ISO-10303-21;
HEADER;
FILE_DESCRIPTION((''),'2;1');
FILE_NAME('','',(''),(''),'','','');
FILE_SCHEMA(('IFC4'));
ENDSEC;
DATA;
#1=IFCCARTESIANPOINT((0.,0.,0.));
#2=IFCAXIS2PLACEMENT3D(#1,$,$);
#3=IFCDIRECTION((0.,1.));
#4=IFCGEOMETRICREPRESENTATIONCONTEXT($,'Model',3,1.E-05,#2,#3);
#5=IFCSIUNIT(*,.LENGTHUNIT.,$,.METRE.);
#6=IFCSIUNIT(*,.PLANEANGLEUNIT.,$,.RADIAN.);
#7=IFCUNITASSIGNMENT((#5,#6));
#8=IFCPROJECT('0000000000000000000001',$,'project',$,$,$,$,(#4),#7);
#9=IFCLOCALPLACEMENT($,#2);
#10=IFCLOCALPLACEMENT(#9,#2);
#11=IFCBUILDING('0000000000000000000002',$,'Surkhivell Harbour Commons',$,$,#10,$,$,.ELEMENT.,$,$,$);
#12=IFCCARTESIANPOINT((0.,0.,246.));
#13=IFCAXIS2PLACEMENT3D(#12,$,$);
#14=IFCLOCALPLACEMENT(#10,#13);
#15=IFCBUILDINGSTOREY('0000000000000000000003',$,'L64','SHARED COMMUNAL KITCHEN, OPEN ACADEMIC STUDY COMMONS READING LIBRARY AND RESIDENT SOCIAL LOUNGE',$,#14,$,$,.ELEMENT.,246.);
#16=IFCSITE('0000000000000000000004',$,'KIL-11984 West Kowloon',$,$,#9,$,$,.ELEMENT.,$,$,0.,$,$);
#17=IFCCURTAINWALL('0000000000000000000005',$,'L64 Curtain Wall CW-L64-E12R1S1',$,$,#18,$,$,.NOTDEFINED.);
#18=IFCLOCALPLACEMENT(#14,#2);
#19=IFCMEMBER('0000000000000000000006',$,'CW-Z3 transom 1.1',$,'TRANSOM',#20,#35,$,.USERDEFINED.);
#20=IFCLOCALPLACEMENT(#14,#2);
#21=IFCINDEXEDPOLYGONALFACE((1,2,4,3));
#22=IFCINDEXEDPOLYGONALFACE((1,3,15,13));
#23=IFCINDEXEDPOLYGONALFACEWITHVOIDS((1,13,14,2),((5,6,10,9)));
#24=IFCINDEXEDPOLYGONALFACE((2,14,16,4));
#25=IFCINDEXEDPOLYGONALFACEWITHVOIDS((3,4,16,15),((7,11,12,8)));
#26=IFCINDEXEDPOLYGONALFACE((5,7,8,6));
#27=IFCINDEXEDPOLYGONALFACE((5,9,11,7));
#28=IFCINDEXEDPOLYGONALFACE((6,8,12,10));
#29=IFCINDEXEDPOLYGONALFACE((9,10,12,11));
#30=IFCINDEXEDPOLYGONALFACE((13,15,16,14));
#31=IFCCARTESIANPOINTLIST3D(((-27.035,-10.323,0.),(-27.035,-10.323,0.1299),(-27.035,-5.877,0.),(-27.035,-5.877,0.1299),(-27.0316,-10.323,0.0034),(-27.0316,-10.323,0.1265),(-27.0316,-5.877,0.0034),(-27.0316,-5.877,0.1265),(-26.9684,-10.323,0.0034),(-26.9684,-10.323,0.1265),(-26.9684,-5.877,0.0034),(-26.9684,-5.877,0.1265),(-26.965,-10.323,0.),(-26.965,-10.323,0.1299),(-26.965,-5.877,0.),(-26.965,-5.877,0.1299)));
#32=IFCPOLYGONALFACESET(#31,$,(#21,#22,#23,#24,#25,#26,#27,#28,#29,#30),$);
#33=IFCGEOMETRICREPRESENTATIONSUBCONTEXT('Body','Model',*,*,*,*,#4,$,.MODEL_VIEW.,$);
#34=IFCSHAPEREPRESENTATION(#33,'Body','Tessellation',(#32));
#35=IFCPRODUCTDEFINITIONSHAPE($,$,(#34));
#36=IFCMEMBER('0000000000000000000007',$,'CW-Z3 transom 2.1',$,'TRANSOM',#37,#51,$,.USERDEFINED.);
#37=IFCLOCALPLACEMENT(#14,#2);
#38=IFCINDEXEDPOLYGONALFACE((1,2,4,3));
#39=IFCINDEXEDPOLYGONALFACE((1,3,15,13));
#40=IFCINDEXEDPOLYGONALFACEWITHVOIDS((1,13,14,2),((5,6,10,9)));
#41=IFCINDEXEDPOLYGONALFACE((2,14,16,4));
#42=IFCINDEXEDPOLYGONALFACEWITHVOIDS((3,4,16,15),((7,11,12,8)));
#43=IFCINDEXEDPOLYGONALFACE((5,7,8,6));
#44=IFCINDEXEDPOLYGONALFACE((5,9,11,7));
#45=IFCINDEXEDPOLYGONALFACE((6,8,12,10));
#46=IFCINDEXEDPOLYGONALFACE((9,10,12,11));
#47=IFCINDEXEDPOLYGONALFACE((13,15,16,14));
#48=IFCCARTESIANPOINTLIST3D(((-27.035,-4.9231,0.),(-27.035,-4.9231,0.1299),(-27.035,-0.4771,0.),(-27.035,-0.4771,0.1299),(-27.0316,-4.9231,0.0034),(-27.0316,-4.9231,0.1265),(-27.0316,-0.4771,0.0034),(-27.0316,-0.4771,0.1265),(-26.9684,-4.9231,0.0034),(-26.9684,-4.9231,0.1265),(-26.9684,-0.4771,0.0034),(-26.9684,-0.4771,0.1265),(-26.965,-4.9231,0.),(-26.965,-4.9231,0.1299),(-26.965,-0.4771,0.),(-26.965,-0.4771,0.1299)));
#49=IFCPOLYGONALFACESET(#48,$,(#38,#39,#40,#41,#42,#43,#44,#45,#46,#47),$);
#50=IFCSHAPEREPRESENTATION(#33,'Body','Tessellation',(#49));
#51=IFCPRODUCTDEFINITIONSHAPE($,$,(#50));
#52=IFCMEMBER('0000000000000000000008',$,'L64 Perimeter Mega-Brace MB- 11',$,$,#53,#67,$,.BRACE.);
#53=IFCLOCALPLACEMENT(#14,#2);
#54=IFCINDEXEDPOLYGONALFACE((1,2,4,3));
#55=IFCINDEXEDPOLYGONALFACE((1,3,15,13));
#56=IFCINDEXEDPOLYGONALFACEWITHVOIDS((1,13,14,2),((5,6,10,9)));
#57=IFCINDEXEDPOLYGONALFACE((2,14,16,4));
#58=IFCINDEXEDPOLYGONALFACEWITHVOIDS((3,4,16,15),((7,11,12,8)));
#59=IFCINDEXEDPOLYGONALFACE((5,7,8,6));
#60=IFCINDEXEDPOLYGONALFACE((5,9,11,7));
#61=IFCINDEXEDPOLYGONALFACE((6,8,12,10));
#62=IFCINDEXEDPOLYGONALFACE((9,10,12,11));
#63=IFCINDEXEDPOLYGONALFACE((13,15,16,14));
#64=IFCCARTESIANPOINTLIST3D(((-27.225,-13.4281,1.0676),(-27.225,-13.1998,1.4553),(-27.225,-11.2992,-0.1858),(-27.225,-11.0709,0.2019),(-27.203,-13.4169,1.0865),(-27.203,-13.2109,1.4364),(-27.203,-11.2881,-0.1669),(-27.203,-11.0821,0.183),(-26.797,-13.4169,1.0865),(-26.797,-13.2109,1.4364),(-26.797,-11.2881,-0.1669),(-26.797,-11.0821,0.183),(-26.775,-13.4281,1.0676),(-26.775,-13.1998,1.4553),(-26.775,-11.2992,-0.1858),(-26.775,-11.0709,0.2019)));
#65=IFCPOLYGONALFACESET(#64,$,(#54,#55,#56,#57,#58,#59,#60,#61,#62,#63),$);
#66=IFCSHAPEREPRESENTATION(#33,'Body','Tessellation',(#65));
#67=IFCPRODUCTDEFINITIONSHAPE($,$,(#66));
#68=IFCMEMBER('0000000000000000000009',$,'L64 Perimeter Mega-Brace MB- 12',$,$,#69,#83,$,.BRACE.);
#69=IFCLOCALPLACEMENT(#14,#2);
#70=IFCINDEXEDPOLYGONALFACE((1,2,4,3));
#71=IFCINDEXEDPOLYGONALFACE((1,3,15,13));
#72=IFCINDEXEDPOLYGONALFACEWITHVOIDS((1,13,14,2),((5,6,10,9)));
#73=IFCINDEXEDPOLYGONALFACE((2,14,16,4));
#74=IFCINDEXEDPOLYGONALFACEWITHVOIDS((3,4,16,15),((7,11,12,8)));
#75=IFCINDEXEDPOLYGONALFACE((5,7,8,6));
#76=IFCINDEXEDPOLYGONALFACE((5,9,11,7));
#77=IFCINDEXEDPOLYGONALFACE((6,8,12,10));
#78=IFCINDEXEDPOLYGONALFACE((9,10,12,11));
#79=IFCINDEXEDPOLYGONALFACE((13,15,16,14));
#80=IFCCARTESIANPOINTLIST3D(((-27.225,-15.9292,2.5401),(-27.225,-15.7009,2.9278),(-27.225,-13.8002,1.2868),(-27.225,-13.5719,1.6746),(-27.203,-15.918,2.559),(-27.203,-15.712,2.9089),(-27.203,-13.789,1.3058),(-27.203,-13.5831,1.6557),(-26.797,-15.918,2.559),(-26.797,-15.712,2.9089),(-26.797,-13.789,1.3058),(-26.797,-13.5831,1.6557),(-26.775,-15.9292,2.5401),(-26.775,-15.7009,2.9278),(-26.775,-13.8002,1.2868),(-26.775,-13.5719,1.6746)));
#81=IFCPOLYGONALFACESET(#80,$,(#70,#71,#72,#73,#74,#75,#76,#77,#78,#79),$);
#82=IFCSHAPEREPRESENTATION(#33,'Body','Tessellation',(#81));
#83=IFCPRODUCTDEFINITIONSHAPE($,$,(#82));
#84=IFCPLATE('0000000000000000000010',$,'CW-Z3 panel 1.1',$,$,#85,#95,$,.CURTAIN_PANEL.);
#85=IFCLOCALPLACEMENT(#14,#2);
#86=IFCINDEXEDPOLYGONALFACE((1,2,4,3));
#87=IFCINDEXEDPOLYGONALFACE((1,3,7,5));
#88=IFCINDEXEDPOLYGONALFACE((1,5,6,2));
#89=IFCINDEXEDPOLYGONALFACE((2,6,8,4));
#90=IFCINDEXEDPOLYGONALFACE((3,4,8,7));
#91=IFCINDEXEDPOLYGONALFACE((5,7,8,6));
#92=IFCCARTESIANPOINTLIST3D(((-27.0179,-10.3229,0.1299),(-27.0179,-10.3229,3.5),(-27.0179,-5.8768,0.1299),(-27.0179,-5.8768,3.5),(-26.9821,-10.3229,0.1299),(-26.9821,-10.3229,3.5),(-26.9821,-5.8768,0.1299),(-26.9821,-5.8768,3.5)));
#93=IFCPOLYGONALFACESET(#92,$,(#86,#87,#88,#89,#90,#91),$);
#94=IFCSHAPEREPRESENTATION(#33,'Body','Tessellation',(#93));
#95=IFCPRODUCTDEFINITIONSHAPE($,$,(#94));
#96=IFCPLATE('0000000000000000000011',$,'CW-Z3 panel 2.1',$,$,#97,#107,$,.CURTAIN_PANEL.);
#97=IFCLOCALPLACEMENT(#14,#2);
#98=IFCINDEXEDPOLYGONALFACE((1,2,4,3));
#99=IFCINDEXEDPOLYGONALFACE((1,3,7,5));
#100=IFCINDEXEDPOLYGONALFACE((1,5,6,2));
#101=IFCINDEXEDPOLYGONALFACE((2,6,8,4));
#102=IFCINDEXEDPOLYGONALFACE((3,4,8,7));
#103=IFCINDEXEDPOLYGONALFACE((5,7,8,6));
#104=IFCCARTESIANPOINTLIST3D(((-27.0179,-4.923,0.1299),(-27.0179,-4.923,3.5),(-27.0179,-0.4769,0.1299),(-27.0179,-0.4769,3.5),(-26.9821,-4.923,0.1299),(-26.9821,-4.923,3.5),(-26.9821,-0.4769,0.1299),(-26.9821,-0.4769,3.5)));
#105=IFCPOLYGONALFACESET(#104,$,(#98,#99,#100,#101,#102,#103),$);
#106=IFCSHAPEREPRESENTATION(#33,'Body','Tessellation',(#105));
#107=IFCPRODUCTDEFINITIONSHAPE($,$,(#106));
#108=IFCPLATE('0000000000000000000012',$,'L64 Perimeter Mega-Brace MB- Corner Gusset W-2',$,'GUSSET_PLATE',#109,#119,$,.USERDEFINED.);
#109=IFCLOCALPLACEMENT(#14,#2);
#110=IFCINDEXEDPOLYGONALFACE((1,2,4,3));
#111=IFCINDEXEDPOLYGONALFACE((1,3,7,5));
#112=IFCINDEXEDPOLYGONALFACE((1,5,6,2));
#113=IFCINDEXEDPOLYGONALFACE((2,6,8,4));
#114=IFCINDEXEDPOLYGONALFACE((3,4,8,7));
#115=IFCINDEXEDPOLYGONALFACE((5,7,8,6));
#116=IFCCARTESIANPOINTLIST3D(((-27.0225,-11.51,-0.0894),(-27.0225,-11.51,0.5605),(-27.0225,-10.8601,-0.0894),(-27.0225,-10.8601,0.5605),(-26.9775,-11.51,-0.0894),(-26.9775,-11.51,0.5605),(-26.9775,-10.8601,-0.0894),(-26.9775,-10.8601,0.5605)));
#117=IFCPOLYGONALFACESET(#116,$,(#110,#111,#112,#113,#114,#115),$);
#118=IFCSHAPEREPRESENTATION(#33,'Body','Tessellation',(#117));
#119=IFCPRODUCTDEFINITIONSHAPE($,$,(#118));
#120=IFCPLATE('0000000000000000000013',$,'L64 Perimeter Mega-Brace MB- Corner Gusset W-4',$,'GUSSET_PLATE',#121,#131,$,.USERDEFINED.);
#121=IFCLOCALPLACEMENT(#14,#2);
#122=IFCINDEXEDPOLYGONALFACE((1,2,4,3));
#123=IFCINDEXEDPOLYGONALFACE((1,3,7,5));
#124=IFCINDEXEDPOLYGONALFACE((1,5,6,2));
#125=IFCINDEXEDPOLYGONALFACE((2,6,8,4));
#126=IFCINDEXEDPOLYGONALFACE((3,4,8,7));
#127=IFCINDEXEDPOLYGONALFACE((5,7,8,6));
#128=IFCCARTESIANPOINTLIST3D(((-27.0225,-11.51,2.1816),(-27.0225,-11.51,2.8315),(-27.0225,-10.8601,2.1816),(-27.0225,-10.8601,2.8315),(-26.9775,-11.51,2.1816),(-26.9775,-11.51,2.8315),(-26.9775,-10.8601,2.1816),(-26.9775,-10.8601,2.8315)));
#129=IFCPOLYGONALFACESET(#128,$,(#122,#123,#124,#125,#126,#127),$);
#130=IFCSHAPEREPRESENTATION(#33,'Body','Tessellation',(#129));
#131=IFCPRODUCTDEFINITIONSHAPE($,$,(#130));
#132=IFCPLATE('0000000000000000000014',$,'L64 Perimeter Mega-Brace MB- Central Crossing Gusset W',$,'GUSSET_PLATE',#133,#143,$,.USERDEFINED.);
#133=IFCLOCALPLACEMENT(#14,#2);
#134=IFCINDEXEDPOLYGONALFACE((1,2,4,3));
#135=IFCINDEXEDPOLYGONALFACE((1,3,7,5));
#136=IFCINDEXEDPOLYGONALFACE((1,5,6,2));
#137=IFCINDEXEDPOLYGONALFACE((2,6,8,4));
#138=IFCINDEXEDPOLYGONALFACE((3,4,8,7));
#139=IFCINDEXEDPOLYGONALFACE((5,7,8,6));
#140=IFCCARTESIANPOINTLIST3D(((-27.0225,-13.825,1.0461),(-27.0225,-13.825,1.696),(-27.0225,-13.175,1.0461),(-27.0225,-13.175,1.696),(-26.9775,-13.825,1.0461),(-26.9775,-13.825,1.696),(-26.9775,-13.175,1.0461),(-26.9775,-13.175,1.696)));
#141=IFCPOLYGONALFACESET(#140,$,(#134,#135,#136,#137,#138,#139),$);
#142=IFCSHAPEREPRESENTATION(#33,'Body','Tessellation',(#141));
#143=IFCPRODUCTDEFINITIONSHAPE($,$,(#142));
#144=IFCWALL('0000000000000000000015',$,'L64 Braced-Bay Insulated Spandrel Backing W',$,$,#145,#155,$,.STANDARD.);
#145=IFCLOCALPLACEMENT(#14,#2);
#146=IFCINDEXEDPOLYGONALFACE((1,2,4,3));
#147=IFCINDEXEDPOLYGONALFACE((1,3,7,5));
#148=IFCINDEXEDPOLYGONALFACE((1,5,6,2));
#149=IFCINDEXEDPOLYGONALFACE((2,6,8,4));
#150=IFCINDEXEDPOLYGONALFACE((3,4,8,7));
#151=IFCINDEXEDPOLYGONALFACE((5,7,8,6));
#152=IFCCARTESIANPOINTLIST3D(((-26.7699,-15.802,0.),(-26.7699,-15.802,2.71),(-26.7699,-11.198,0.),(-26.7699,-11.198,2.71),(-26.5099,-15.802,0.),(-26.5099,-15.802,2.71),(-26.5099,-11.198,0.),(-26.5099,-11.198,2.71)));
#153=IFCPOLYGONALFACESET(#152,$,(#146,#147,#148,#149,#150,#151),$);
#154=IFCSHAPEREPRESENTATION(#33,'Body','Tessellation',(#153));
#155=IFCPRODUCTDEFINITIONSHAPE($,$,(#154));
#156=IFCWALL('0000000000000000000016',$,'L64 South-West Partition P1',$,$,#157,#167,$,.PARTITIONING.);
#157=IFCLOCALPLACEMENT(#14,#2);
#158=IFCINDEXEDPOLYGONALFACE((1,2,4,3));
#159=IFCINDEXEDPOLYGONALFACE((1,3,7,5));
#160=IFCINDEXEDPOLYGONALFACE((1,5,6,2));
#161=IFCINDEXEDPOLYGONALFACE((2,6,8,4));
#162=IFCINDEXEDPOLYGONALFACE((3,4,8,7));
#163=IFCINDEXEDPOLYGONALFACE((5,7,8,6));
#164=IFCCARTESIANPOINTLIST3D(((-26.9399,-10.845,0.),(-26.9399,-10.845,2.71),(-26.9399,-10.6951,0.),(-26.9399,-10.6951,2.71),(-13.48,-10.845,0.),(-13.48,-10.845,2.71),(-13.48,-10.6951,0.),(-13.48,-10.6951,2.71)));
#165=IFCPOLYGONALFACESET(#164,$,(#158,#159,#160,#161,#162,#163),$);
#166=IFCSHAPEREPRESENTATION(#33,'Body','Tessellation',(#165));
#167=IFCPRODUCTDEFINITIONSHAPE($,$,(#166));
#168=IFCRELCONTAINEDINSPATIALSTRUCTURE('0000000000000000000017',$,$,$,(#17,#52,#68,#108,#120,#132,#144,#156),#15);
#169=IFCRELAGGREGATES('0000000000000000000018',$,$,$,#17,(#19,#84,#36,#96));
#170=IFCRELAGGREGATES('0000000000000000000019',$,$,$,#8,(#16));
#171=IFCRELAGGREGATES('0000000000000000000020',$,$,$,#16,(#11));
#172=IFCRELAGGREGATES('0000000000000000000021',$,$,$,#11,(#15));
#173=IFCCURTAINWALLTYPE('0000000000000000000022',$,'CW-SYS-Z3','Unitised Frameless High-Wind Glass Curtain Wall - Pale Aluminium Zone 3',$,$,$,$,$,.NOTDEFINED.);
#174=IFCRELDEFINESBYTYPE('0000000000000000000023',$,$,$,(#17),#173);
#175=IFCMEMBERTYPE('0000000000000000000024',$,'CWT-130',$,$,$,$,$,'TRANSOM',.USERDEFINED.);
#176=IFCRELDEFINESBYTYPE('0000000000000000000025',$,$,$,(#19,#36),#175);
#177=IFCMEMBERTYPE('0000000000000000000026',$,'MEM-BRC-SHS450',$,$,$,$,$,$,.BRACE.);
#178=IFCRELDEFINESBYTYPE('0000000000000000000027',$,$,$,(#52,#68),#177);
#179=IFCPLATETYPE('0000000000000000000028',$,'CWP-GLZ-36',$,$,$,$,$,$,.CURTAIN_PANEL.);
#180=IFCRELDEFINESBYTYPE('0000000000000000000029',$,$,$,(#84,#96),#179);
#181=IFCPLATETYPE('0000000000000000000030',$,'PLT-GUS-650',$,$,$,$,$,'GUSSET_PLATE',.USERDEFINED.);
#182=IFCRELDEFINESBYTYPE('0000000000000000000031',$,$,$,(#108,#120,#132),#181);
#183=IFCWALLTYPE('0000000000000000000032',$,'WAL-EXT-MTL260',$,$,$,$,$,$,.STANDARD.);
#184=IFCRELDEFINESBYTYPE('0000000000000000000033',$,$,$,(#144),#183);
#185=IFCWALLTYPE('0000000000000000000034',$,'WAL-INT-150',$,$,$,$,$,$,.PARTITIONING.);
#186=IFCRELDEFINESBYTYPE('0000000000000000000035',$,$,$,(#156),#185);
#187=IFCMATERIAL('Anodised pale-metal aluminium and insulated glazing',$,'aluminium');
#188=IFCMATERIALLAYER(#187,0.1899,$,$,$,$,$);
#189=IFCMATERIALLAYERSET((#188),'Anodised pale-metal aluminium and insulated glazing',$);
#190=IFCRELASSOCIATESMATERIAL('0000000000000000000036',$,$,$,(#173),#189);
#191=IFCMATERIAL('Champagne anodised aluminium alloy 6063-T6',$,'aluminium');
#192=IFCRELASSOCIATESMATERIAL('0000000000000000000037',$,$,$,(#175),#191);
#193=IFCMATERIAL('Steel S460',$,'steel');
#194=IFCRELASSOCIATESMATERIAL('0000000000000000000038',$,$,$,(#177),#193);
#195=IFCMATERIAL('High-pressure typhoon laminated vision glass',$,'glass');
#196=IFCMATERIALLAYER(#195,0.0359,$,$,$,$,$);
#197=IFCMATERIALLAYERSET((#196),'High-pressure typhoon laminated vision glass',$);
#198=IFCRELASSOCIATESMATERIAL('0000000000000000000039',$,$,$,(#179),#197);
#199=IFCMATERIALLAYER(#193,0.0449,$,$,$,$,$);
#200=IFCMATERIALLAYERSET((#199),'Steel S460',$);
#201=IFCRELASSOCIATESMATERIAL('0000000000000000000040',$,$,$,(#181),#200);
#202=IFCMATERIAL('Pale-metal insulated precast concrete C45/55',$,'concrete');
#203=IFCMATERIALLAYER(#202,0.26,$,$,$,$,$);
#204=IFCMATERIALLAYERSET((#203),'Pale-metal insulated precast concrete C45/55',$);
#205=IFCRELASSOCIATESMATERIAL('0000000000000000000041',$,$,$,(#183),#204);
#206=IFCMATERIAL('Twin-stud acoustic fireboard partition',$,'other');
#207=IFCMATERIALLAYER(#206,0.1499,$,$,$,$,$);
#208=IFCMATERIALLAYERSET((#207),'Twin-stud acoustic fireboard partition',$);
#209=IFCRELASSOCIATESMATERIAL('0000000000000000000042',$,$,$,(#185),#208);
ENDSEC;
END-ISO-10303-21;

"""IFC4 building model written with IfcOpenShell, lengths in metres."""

from ifc_helpers import new_model, si_unit, direction, frame, frame_2d, origin, origin_2d, place, context, subcontext, project, spatial, rectangle, hollow_rectangle, extrude, material, layer, layer_set, material_profile, profile_set, type_object, element, aggregate, save


model = new_model("IFC4")

# Units and contexts
model_context = context("Model", 3, precision=1e-05, world=origin(), true_north=direction((0.0, 1.0)))
body_context = subcontext(model_context, "Body", "Model", "MODEL_VIEW")
ifc_project = project(units=[si_unit("LENGTHUNIT", "METRE"), si_unit("PLANEANGLEUNIT", "RADIAN")], contexts=[model_context])

# Site, building, storey
site_placement = place(None, origin())
site = spatial("IfcSite", under=ifc_project, at=site_placement, Name="KIL-11984 West Kowloon", CompositionType="ELEMENT", RefElevation=0.0)
building_placement = place(site_placement, origin())
building = spatial("IfcBuilding", under=site, at=building_placement, Name="Surkhivell Harbour Commons", CompositionType="ELEMENT")
storey_placement = place(building_placement, frame((0.0, 0.0, 246.0)))
storey = spatial("IfcBuildingStorey", under=building, at=storey_placement, Name="L64", Description="SHARED COMMUNAL KITCHEN, OPEN ACADEMIC STUDY COMMONS READING LIBRARY AND RESIDENT SOCIAL LOUNGE", CompositionType="ELEMENT", Elevation=246.0)

# Curtain wall, members
ifc_material_1 = material(Name="Anodised pale-metal aluminium and insulated glazing", Category="aluminium")
ifc_layer_1 = layer(ifc_material_1, 0.1899)
ifc_layer_set_1 = layer_set([ifc_layer_1], Name="Anodised pale-metal aluminium and insulated glazing")
curtain_wall_type = type_object("IfcCurtainWallType", Name="CW-SYS-Z3", Description="Unitised Frameless High-Wind Glass Curtain Wall - Pale Aluminium Zone 3", PredefinedType="NOTDEFINED", material=ifc_layer_set_1)
curtain_wall_placement = place(storey_placement, origin())
curtain_wall = element("IfcCurtainWall", 1, at=curtain_wall_placement, inside=storey, type_object=curtain_wall_type, Name="L64 Curtain Wall CW-L64-E12R1S1", PredefinedType="NOTDEFINED")
ifc_material_2 = material(Name="Champagne anodised aluminium alloy 6063-T6", Category="aluminium")
ifc_material_profile_1 = material_profile(ifc_material_2, hollow_rectangle(XDim=0.0701, YDim=0.1299, WallThickness=0.0034, at=origin_2d()), Name="ALU-TRAN-70x130")
ifc_profile_set_1 = profile_set([ifc_material_profile_1], Name="Champagne anodised aluminium alloy 6063-T6")
member_type_1 = type_object("IfcMemberType", Name="CWT-130", ElementType="TRANSOM", PredefinedType="USERDEFINED", material=ifc_profile_set_1)
member_1_placement = place(storey_placement, frame((-27.0, -10.323, 0.0649), z_axis=(0.0, 1.0, 0.0), x_axis=(-1.0, 0.0, 0.0)))
member_1 = element("IfcMember", 2, at=member_1_placement, type_object=member_type_1, Name="CW-Z3 transom 1.1", ObjectType="TRANSOM", PredefinedType="USERDEFINED", context=body_context, shape_type="SweptSolid", body=[
    extrude(hollow_rectangle(XDim=0.0701, YDim=0.1299, WallThickness=0.0034, at=origin_2d()), origin(), (0.0, 0.0, 1.0), 4.446),
])
member_2_placement = place(storey_placement, frame((-27.0, -4.9231, 0.0649), z_axis=(0.0, 1.0, 0.0), x_axis=(-1.0, 0.0, 0.0)))
member_2 = element("IfcMember", 3, at=member_2_placement, type_object=member_type_1, Name="CW-Z3 transom 2.1", ObjectType="TRANSOM", PredefinedType="USERDEFINED", context=body_context, shape_type="SweptSolid", body=[
    extrude(hollow_rectangle(XDim=0.0701, YDim=0.1299, WallThickness=0.0034, at=origin_2d()), origin(), (0.0, 0.0, 1.0), 4.446),
])

# Members
ifc_material_3 = material(Name="Steel S460", Category="steel")
ifc_material_profile_2 = material_profile(ifc_material_3, hollow_rectangle(XDim=0.45, YDim=0.45, WallThickness=0.022, at=origin_2d()), Name="SHS450x450x22")
ifc_profile_set_2 = profile_set([ifc_material_profile_2], Name="Steel S460")
member_type_2 = type_object("IfcMemberType", Name="MEM-BRC-SHS450", PredefinedType="BRACE", material=ifc_profile_set_2)
for number, where, z_axis, x_axis, name in (
    (4, (-27.0, -11.1851, 0.0081), (0.0, -0.861736, 0.507357), (1.0, 0.0, 0.0), "L64 Perimeter Mega-Brace MB- 11"),
    (5, (-27.0, -13.686, 1.4807), (0.0, -0.861779, 0.507284), (1.0, 0.0, 0.0), "L64 Perimeter Mega-Brace MB- 12"),
):
    element("IfcMember", number, at=place(storey_placement, frame(where, z_axis=z_axis, x_axis=x_axis)), inside=storey, type_object=member_type_2, Name=name, PredefinedType="BRACE", context=body_context, shape_type="SweptSolid", body=[
        extrude(hollow_rectangle(XDim=0.45, YDim=0.45, WallThickness=0.022, at=origin_2d()), origin(), (0.0, 0.0, 1.0), 2.4705),
    ])

# Plates
ifc_material_4 = material(Name="High-pressure typhoon laminated vision glass", Category="glass")
ifc_layer_2 = layer(ifc_material_4, 0.0359)
ifc_layer_set_2 = layer_set([ifc_layer_2], Name="High-pressure typhoon laminated vision glass")
plate_type_1 = type_object("IfcPlateType", Name="CWP-GLZ-36", PredefinedType="CURTAIN_PANEL", material=ifc_layer_set_2)
plate_1_placement = place(storey_placement, frame((-27.0, -10.323, 0.1299), z_axis=(0.0, 0.0, 1.0), x_axis=(0.0, 1.0, 0.0)))
plate_1 = element("IfcPlate", 6, at=plate_1_placement, type_object=plate_type_1, Name="CW-Z3 panel 1.1", PredefinedType="CURTAIN_PANEL", context=body_context, shape_type="SweptSolid", body=[
    extrude(rectangle(XDim=4.446, YDim=0.0359, at=frame_2d((2.2231, 0.0))), origin(), (0.0, 0.0, 1.0), 3.3701),
])
plate_2_placement = place(storey_placement, frame((-27.0, -4.9231, 0.1299), z_axis=(0.0, 0.0, 1.0), x_axis=(0.0, 1.0, 0.0)))
plate_2 = element("IfcPlate", 7, at=plate_2_placement, type_object=plate_type_1, Name="CW-Z3 panel 2.1", PredefinedType="CURTAIN_PANEL", context=body_context, shape_type="SweptSolid", body=[
    extrude(rectangle(XDim=4.446, YDim=0.0359, at=frame_2d((2.2231, 0.0))), origin(), (0.0, 0.0, 1.0), 3.3701),
])
aggregate(curtain_wall, [member_1, plate_1, member_2, plate_2])

# Plates
ifc_layer_3 = layer(ifc_material_3, 0.0449)
ifc_layer_set_3 = layer_set([ifc_layer_3], Name="Steel S460")
plate_type_2 = type_object("IfcPlateType", Name="PLT-GUS-650", ElementType="GUSSET_PLATE", PredefinedType="USERDEFINED", material=ifc_layer_set_3)
for number, where, z_axis, x_axis, name in (
    (8, (-27.0, -11.1851, -0.0894), (0.0, 0.0, 1.0), (0.0, 1.0, 0.0), "L64 Perimeter Mega-Brace MB- Corner Gusset W-2"),
    (9, (-27.0, -11.1851, 2.1816), (0.0, 0.0, 1.0), (0.0, 1.0, 0.0), "L64 Perimeter Mega-Brace MB- Corner Gusset W-4"),
    (10, (-27.0, -13.5, 1.0461), (0.0, 0.0, 1.0), (0.0, 1.0, 0.0), "L64 Perimeter Mega-Brace MB- Central Crossing Gusset W"),
):
    element("IfcPlate", number, at=place(storey_placement, frame(where, z_axis=z_axis, x_axis=x_axis)), inside=storey, type_object=plate_type_2, Name=name, ObjectType="GUSSET_PLATE", PredefinedType="USERDEFINED", context=body_context, shape_type="SweptSolid", body=[
        extrude(rectangle(XDim=0.6499, YDim=0.0449, at=origin_2d()), origin(), (0.0, 0.0, 1.0), 0.6499),
    ])

# Walls
ifc_material_5 = material(Name="Pale-metal insulated precast concrete C45/55", Category="concrete")
ifc_layer_4 = layer(ifc_material_5, 0.26)
ifc_layer_set_4 = layer_set([ifc_layer_4], Name="Pale-metal insulated precast concrete C45/55")
wall_type_1 = type_object("IfcWallType", Name="WAL-EXT-MTL260", PredefinedType="STANDARD", material=ifc_layer_set_4)
wall_1_placement = place(storey_placement, frame((-26.6399, -15.802, 0.0), z_axis=(0.0, 0.0, 1.0), x_axis=(0.0, 1.0, 0.0)))
element("IfcWall", 11, at=wall_1_placement, inside=storey, type_object=wall_type_1, Name="L64 Braced-Bay Insulated Spandrel Backing W", PredefinedType="STANDARD", context=body_context, shape_type="SweptSolid", body=[
    extrude(rectangle(XDim=4.604, YDim=0.26, at=frame_2d((2.302, 0.0))), origin(), (0.0, 0.0, 1.0), 2.71),
])
ifc_material_6 = material(Name="Twin-stud acoustic fireboard partition", Category="other")
ifc_layer_5 = layer(ifc_material_6, 0.1499)
ifc_layer_set_5 = layer_set([ifc_layer_5], Name="Twin-stud acoustic fireboard partition")
wall_type_2 = type_object("IfcWallType", Name="WAL-INT-150", PredefinedType="PARTITIONING", material=ifc_layer_set_5)
wall_2_placement = place(storey_placement, frame((-26.9399, -10.77, 0.0), z_axis=(0.0, 0.0, 1.0), x_axis=(1.0, 0.0, 0.0)))
element("IfcWall", 12, at=wall_2_placement, inside=storey, type_object=wall_type_2, Name="L64 South-West Partition P1", PredefinedType="PARTITIONING", context=body_context, shape_type="SweptSolid", body=[
    extrude(rectangle(XDim=13.46, YDim=0.1499, at=frame_2d((6.73, 0.0))), origin(), (0.0, 0.0, 1.0), 2.71),
])

save(model, "model.ifc")
